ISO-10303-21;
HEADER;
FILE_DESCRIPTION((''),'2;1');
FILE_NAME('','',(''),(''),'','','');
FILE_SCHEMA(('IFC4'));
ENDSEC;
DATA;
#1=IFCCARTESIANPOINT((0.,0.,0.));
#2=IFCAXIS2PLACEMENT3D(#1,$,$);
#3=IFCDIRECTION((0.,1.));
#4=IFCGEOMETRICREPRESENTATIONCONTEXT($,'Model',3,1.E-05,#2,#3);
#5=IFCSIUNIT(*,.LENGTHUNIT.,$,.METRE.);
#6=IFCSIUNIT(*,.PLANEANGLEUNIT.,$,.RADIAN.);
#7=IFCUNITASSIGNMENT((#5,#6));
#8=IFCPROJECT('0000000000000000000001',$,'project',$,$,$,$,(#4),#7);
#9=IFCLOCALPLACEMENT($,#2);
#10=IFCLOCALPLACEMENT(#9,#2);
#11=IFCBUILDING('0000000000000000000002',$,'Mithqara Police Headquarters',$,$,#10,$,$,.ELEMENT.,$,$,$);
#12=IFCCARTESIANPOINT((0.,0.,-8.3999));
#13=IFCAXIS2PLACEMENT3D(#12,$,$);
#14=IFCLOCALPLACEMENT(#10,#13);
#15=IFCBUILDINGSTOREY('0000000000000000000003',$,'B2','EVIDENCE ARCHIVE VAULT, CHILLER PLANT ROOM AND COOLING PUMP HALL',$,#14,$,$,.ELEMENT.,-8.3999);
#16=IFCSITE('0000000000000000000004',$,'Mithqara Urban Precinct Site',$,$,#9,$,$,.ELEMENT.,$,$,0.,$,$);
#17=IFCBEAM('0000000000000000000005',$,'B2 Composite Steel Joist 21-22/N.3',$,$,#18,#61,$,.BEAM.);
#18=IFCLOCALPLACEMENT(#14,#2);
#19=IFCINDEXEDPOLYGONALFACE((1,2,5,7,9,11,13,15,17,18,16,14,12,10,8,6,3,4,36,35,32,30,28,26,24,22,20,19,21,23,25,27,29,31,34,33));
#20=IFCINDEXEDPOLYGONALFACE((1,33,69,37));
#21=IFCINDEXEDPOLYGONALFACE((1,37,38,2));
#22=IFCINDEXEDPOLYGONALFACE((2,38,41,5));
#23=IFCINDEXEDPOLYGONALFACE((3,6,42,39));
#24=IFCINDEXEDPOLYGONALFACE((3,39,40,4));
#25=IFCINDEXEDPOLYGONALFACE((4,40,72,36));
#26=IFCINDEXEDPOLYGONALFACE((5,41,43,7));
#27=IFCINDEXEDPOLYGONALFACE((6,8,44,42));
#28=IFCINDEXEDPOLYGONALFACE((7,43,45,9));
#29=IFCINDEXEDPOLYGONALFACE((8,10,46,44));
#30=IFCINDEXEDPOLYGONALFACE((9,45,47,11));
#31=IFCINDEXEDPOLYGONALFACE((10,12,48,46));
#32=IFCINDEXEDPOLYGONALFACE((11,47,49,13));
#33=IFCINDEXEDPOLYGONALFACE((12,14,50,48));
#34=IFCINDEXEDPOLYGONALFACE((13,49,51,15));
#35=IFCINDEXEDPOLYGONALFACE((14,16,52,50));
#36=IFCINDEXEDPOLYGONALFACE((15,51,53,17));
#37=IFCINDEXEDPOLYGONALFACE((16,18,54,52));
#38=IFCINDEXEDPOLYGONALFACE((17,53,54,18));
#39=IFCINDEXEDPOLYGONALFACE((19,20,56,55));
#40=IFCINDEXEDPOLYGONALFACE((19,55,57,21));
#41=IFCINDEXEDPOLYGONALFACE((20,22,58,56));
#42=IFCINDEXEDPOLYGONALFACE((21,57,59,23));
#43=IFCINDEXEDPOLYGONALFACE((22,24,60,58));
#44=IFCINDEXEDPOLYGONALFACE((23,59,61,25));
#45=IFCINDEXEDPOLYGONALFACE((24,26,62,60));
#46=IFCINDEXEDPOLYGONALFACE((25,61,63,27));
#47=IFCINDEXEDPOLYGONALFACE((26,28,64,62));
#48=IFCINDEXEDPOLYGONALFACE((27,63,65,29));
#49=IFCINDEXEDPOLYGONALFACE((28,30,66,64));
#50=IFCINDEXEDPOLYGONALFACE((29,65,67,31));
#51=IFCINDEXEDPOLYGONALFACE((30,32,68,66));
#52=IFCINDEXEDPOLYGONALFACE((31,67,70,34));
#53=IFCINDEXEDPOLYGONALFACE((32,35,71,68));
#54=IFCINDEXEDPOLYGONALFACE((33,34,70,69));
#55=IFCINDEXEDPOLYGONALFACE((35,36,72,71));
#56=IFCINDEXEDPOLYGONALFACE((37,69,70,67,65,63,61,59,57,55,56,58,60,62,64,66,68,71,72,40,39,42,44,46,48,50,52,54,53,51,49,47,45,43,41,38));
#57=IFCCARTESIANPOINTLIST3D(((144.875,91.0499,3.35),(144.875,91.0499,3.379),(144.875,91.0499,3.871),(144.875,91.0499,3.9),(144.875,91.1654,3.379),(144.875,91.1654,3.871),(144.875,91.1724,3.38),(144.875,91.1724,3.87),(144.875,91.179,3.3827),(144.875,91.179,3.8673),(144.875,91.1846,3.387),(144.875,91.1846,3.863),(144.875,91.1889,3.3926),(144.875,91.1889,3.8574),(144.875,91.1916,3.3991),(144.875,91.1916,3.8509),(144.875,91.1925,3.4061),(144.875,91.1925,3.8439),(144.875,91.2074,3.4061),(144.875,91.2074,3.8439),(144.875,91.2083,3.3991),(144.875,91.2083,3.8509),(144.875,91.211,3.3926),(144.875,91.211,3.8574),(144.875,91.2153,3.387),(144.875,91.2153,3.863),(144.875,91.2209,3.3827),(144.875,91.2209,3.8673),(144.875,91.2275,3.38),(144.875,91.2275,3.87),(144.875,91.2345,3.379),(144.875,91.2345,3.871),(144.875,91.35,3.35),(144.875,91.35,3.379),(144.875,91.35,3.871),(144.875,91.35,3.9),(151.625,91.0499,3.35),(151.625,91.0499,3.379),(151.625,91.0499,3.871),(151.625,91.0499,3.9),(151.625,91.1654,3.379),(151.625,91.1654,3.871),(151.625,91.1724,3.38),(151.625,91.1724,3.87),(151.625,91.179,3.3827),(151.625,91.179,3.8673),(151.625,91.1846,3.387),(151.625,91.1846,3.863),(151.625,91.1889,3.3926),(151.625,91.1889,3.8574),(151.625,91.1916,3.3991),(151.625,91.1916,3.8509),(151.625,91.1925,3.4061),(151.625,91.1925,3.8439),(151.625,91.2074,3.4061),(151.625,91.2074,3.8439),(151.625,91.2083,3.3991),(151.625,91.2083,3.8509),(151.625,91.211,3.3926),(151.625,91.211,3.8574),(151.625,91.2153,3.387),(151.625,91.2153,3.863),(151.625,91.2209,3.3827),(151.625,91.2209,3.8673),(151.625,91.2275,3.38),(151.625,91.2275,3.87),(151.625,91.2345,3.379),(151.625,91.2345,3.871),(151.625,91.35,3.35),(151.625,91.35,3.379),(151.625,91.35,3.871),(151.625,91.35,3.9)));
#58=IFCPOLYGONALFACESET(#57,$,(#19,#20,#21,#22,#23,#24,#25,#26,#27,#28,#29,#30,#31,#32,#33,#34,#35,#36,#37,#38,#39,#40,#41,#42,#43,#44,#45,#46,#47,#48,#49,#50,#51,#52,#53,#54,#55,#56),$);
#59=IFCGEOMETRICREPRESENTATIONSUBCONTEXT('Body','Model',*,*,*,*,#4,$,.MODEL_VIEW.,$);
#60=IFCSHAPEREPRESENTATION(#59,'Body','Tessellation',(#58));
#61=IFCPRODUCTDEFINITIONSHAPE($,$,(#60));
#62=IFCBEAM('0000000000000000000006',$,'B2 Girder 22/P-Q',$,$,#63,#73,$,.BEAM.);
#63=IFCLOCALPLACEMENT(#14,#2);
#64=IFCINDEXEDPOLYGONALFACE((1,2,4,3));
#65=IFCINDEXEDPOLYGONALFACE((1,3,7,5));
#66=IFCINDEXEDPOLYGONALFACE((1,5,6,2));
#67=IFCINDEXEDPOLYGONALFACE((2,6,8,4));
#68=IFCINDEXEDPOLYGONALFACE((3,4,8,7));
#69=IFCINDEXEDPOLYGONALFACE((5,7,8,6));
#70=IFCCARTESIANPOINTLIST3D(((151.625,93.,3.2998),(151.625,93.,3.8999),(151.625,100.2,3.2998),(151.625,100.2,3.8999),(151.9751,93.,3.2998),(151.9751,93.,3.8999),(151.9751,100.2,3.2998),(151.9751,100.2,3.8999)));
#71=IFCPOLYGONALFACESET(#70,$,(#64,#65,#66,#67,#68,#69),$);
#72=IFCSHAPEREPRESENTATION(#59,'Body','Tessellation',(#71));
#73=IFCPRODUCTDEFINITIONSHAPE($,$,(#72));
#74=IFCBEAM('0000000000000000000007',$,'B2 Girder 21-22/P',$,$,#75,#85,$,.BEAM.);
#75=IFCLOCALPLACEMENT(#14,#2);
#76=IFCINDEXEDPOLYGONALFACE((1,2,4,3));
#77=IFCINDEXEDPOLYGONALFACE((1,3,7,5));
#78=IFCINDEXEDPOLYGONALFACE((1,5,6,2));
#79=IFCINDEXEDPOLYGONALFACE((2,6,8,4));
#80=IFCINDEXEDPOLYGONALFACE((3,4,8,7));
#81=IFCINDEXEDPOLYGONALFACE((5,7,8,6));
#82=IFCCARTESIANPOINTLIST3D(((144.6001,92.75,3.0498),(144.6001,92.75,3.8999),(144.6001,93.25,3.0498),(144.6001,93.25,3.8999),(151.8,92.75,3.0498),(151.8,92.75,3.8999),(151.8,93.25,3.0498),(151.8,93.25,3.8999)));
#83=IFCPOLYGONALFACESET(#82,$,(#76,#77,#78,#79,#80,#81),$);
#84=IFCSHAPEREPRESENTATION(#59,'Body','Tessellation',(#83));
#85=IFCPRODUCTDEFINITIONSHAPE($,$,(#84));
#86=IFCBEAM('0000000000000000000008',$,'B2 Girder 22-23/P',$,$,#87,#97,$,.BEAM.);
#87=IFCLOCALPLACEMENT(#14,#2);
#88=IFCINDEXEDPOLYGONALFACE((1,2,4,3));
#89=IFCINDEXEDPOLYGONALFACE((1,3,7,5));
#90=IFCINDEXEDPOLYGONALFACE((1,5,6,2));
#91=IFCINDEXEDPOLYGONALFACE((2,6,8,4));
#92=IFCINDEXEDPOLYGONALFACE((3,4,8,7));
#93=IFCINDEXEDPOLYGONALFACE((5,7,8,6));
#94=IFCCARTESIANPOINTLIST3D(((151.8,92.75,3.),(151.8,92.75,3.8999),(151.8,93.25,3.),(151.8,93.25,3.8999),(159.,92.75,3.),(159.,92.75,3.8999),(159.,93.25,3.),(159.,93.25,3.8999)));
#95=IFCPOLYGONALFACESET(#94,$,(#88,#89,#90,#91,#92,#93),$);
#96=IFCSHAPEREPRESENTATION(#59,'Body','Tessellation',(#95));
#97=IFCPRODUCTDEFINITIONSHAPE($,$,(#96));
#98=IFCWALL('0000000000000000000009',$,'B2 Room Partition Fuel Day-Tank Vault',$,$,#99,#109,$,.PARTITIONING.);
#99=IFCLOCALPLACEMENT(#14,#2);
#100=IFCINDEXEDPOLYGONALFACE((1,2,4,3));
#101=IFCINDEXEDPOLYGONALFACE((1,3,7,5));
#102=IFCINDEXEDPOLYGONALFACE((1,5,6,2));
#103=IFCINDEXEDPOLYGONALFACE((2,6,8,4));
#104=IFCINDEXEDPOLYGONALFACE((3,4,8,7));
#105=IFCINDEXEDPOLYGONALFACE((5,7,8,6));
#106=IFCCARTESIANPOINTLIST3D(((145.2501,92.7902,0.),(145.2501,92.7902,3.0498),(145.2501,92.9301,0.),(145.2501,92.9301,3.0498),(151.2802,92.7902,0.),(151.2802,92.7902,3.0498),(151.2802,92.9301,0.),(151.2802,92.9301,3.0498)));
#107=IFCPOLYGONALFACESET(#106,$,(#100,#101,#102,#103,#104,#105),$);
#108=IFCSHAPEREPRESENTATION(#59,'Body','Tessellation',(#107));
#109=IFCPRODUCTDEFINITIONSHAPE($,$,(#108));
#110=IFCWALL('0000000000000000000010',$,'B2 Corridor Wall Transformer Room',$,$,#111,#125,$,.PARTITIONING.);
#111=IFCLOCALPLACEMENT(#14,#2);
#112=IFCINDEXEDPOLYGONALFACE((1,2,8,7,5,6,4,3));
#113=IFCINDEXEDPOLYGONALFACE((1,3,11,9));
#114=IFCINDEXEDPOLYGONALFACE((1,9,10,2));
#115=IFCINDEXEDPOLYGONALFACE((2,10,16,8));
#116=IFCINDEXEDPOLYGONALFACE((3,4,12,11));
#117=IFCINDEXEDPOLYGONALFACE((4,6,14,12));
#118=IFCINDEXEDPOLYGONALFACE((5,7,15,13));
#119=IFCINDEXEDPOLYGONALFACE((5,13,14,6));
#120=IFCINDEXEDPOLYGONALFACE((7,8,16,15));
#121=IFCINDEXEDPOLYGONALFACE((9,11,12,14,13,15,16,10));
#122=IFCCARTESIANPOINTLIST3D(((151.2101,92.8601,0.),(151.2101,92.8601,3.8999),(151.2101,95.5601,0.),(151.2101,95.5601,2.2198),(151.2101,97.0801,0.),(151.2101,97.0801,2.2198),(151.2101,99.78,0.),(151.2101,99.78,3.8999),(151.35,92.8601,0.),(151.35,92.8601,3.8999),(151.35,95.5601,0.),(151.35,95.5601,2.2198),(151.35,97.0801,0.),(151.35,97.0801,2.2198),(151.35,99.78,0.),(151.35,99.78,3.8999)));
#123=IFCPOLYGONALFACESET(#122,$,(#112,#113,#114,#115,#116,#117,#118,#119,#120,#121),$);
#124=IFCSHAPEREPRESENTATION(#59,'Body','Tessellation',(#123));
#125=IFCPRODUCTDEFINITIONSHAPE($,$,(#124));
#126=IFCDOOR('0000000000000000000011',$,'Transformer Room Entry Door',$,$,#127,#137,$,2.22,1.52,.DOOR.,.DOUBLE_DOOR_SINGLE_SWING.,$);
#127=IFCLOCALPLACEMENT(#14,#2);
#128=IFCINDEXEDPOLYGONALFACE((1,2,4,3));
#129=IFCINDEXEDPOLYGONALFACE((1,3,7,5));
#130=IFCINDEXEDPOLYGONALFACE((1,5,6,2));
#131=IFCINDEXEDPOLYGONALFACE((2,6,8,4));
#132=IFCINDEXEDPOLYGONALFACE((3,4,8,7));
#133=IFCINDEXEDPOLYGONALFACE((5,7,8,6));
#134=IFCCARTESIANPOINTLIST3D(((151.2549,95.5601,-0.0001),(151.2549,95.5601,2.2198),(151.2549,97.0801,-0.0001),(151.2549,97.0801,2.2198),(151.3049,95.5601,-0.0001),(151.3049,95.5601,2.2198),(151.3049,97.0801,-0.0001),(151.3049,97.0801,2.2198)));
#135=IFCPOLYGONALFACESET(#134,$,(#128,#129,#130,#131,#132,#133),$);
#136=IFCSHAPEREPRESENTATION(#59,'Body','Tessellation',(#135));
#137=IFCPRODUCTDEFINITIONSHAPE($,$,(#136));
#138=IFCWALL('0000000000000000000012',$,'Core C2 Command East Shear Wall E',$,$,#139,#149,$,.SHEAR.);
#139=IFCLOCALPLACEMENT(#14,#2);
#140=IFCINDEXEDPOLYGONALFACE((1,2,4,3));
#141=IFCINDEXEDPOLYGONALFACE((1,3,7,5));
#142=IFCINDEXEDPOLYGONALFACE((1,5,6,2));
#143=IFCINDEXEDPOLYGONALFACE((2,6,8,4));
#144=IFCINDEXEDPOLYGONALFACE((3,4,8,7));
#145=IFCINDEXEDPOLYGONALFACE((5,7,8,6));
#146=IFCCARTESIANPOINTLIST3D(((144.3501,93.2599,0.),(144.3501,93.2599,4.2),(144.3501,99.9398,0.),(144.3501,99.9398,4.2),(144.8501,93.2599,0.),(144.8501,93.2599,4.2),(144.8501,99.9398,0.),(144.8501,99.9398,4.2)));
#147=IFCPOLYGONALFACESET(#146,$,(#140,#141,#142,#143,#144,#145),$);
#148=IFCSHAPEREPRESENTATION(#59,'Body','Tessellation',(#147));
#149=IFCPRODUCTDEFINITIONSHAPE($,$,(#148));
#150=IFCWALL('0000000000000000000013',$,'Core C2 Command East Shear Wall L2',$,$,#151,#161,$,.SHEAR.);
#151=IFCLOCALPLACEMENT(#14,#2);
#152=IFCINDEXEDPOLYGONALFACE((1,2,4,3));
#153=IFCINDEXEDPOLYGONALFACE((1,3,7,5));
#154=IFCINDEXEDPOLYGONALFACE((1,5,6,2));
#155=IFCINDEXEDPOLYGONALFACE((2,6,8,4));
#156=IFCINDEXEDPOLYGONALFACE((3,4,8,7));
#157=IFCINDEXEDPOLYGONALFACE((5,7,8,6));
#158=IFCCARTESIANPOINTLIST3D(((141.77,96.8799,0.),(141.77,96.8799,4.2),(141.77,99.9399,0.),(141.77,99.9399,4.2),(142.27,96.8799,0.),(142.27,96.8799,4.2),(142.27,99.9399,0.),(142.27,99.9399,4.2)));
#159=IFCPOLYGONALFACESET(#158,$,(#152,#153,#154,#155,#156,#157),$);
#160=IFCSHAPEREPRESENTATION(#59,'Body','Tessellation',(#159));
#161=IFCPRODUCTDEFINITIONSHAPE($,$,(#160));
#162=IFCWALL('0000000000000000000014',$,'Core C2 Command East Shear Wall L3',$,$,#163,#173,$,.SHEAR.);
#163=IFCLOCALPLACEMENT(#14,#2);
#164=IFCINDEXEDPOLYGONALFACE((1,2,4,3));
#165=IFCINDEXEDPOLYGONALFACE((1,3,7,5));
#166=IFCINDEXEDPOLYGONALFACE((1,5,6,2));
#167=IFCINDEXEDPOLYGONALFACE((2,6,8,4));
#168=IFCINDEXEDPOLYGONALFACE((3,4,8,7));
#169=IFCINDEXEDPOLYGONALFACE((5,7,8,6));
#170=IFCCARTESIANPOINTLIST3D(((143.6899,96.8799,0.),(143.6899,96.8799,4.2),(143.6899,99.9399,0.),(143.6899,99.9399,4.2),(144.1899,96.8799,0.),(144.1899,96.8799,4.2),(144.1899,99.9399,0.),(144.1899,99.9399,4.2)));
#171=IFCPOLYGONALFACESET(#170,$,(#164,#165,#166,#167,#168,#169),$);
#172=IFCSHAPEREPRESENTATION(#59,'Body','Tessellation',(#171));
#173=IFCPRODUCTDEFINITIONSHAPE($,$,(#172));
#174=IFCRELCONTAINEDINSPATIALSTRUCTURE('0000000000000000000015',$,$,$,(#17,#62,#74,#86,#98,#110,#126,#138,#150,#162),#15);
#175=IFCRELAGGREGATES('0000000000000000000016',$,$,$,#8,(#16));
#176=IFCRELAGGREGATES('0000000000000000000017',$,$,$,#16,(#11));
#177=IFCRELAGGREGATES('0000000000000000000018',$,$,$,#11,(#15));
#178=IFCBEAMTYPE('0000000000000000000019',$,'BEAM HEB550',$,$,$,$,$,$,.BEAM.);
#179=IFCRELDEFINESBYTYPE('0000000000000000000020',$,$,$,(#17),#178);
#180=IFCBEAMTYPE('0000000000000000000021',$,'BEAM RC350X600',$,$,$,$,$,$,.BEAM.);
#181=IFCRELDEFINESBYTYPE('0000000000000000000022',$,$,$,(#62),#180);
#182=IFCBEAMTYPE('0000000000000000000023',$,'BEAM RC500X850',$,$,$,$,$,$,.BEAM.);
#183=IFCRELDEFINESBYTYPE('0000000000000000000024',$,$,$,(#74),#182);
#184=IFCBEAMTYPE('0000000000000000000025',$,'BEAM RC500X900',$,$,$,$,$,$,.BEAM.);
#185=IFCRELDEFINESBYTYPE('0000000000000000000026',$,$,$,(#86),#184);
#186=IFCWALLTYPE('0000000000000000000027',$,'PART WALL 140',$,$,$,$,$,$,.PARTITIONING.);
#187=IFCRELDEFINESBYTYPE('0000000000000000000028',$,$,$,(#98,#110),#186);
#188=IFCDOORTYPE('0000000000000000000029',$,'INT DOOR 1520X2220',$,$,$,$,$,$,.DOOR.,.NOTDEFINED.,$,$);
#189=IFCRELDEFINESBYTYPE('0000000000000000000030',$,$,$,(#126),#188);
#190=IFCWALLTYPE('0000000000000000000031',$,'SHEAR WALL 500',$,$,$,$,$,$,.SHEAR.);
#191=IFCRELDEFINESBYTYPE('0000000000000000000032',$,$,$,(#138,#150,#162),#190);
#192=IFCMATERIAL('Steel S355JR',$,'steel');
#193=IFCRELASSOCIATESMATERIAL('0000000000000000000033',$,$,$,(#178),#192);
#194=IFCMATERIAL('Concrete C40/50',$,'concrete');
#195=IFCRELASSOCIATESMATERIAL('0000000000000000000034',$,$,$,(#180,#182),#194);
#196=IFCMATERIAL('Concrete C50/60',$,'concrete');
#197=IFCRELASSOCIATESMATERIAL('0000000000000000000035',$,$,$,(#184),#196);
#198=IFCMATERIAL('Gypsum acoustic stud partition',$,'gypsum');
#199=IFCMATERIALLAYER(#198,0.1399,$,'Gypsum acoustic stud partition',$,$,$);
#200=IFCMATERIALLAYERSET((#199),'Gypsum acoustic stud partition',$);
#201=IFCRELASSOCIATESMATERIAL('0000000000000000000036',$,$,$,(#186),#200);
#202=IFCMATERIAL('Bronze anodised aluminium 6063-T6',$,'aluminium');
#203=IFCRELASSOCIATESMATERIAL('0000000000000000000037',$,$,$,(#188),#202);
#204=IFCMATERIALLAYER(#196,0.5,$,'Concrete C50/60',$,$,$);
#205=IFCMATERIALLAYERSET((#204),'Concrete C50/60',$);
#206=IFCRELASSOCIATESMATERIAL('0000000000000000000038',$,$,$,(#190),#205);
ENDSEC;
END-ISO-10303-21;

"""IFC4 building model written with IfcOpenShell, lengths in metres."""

from ifc_helpers import new_model, si_unit, direction, frame, frame_2d, origin, origin_2d, place, context, subcontext, project, spatial, rectangle, i_section, extrude, material, layer, layer_set, material_profile, profile_set, type_object, element, fill, save


model = new_model("IFC4")

# Units and contexts
model_context = context("Model", 3, precision=1e-05, world=origin(), true_north=direction((0.0, 1.0)))
body_context = subcontext(model_context, "Body", "Model", "MODEL_VIEW")
ifc_project = project(units=[si_unit("LENGTHUNIT", "METRE"), si_unit("PLANEANGLEUNIT", "RADIAN")], contexts=[model_context])

# Site, building, storey
site_placement = place(None, origin())
site = spatial("IfcSite", under=ifc_project, at=site_placement, Name="Mithqara Urban Precinct Site", CompositionType="ELEMENT", RefElevation=0.0)
building_placement = place(site_placement, origin())
building = spatial("IfcBuilding", under=site, at=building_placement, Name="Mithqara Police Headquarters", CompositionType="ELEMENT")
storey_placement = place(building_placement, frame((0.0, 0.0, -8.3999)))
storey = spatial("IfcBuildingStorey", under=building, at=storey_placement, Name="B2", Description="EVIDENCE ARCHIVE VAULT, CHILLER PLANT ROOM AND COOLING PUMP HALL", CompositionType="ELEMENT", Elevation=-8.3999)

# Shared definitions
ifc_material_1 = material(Name="Concrete C40/50", Category="concrete")

# Shared definitions
ifc_material_2 = material(Name="Concrete C50/60", Category="concrete")

# Beams
ifc_material_3 = material(Name="Steel S355JR", Category="steel")
ifc_material_profile_1 = material_profile(ifc_material_3, i_section(OverallWidth=0.3, OverallDepth=0.55, WebThickness=0.0149, FlangeThickness=0.0291, FilletRadius=0.0271, at=origin_2d()), Name="HEB 550")
ifc_profile_set_1 = profile_set([ifc_material_profile_1], Name="Steel S355JR")
beam_type_1 = type_object("IfcBeamType", Name="BEAM HEB550", PredefinedType="BEAM", material=ifc_profile_set_1)
beam_1_placement = place(storey_placement, frame((144.875, 91.2, 3.625), z_axis=(1.0, 0.0, 0.0), x_axis=(0.0, 1.0, 0.0)))
element("IfcBeam", 1, at=beam_1_placement, inside=storey, type_object=beam_type_1, Name="B2 Composite Steel Joist 21-22/N.3", PredefinedType="BEAM", context=body_context, shape_type="SweptSolid", body=[
    extrude(i_section(OverallWidth=0.3, OverallDepth=0.55, WebThickness=0.0149, FlangeThickness=0.0291, FilletRadius=0.0271, at=origin_2d()), origin(), (0.0, 0.0, 1.0), 6.75),
])
ifc_material_profile_2 = material_profile(ifc_material_1, rectangle(XDim=0.3501, YDim=0.6001, at=origin_2d()), Name="RC 350x600")
ifc_profile_set_2 = profile_set([ifc_material_profile_2], Name="Concrete C40/50")
beam_type_2 = type_object("IfcBeamType", Name="BEAM RC350X600", PredefinedType="BEAM", material=ifc_profile_set_2)
beam_2_placement = place(storey_placement, frame((151.8, 93.0, 3.5999), z_axis=(0.0, 1.0, 0.0), x_axis=(-1.0, 0.0, 0.0)))
element("IfcBeam", 2, at=beam_2_placement, inside=storey, type_object=beam_type_2, Name="B2 Girder 22/P-Q", PredefinedType="BEAM", context=body_context, shape_type="SweptSolid", body=[
    extrude(rectangle(XDim=0.3501, YDim=0.6001, at=origin_2d()), origin(), (0.0, 0.0, 1.0), 7.2),
])
ifc_material_profile_3 = material_profile(ifc_material_1, rectangle(XDim=0.5, YDim=0.8501, at=origin_2d()), Name="RC 500x850")
ifc_profile_set_3 = profile_set([ifc_material_profile_3], Name="Concrete C40/50")
beam_type_3 = type_object("IfcBeamType", Name="BEAM RC500X850", PredefinedType="BEAM", material=ifc_profile_set_3)
beam_3_placement = place(storey_placement, frame((144.6001, 93.0, 3.4749), z_axis=(1.0, 0.0, 0.0), x_axis=(0.0, 1.0, 0.0)))
element("IfcBeam", 3, at=beam_3_placement, inside=storey, type_object=beam_type_3, Name="B2 Girder 21-22/P", PredefinedType="BEAM", context=body_context, shape_type="SweptSolid", body=[
    extrude(rectangle(XDim=0.5, YDim=0.8501, at=origin_2d()), origin(), (0.0, 0.0, 1.0), 7.2),
])
ifc_material_profile_4 = material_profile(ifc_material_2, rectangle(XDim=0.5, YDim=0.8999, at=origin_2d()), Name="RC 500x900")
ifc_profile_set_4 = profile_set([ifc_material_profile_4], Name="Concrete C50/60")
beam_type_4 = type_object("IfcBeamType", Name="BEAM RC500X900", PredefinedType="BEAM", material=ifc_profile_set_4)
beam_4_placement = place(storey_placement, frame((151.8, 93.0, 3.45), z_axis=(1.0, 0.0, 0.0), x_axis=(0.0, 1.0, 0.0)))
element("IfcBeam", 4, at=beam_4_placement, inside=storey, type_object=beam_type_4, Name="B2 Girder 22-23/P", PredefinedType="BEAM", context=body_context, shape_type="SweptSolid", body=[
    extrude(rectangle(XDim=0.5, YDim=0.8999, at=origin_2d()), origin(), (0.0, 0.0, 1.0), 7.2),
])

# Wall
ifc_material_4 = material(Name="Gypsum acoustic stud partition", Category="gypsum")
ifc_layer_1 = layer(ifc_material_4, 0.1399, Name="Gypsum acoustic stud partition")
ifc_layer_set_1 = layer_set([ifc_layer_1], Name="Gypsum acoustic stud partition")
wall_type_1 = type_object("IfcWallType", Name="PART WALL 140", PredefinedType="PARTITIONING", material=ifc_layer_set_1)
wall_1_placement = place(storey_placement, frame((145.25, 92.8601, 0.0), z_axis=(0.0, 0.0, 1.0), x_axis=(1.0, 0.0, 0.0)))
element("IfcWall", 5, at=wall_1_placement, inside=storey, type_object=wall_type_1, Name="B2 Room Partition Fuel Day-Tank Vault", PredefinedType="PARTITIONING", context=body_context, shape_type="SweptSolid", body=[
    extrude(rectangle(XDim=6.03, YDim=0.1399, at=frame_2d((3.0151, 0.0))), origin(), (0.0, 0.0, 1.0), 3.0498),
])

# Wall, opening, door
wall_2_placement = place(storey_placement, frame((151.28, 92.8601, 0.0), z_axis=(0.0, 0.0, 1.0), x_axis=(0.0, 1.0, 0.0)))
wall_2 = element("IfcWall", 6, at=wall_2_placement, inside=storey, type_object=wall_type_1, Name="B2 Corridor Wall Transformer Room", PredefinedType="PARTITIONING", context=body_context, shape_type="SweptSolid", body=[
    extrude(rectangle(XDim=6.9199, YDim=0.1399, at=frame_2d((3.46, 0.0))), origin(), (0.0, 0.0, 1.0), 3.8999),
])
opening_placement = place(wall_2_placement, frame((2.7, 0.0, 0.0)))
opening = element("IfcOpeningElement", 7, at=opening_placement, cuts=wall_2, PredefinedType="OPENING", context=body_context, shape_type="SweptSolid", body=[
    extrude(rectangle(XDim=1.52, YDim=2.22, at=frame_2d((0.76, 1.1099))), frame((0.0, 0.0801, 0.0), z_axis=(0.0, -1.0, 0.0), x_axis=(1.0, 0.0, 0.0)), (0.0, 0.0, 1.0), 0.1599),
])
ifc_material_5 = material(Name="Bronze anodised aluminium 6063-T6", Category="aluminium")
door_type = type_object("IfcDoorType", Name="INT DOOR 1520X2220", OperationType="NOTDEFINED", PredefinedType="DOOR", material=ifc_material_5)
door_placement = place(opening_placement, frame((1.52, 0.0, 0.0), z_axis=(0.0, 0.0, 1.0), x_axis=(-1.0, 0.0, 0.0)))
door = element("IfcDoor", 8, at=door_placement, inside=storey, type_object=door_type, Name="Transformer Room Entry Door", OperationType="DOUBLE_DOOR_SINGLE_SWING", OverallHeight=2.22, OverallWidth=1.52, PredefinedType="DOOR", context=body_context, shape_type="SweptSolid", body=[
    extrude(rectangle(XDim=1.52, YDim=2.22, at=frame_2d((0.76, 1.1099))), frame((0.0, 0.0249, 0.0), z_axis=(0.0, -1.0, 0.0), x_axis=(1.0, 0.0, 0.0)), (0.0, 0.0, 1.0), 0.05),
])
fill(opening, door)

# Walls
ifc_layer_2 = layer(ifc_material_2, 0.5, Name="Concrete C50/60")
ifc_layer_set_2 = layer_set([ifc_layer_2], Name="Concrete C50/60")
wall_type_2 = type_object("IfcWallType", Name="SHEAR WALL 500", PredefinedType="SHEAR", material=ifc_layer_set_2)
wall_3_placement = place(storey_placement, frame((144.6001, 93.26, 0.0), z_axis=(0.0, 0.0, 1.0), x_axis=(0.0, 1.0, 0.0)))
element("IfcWall", 9, at=wall_3_placement, inside=storey, type_object=wall_type_2, Name="Core C2 Command East Shear Wall E", PredefinedType="SHEAR", context=body_context, shape_type="SweptSolid", body=[
    extrude(rectangle(XDim=6.6799, YDim=0.5, at=frame_2d((3.3398, 0.0))), origin(), (0.0, 0.0, 1.0), 4.2),
])
for number, where, z_axis, x_axis, name in (
    (10, (142.02, 96.8799, 0.0), (0.0, 0.0, 1.0), (0.0, 1.0, 0.0), "Core C2 Command East Shear Wall L2"),
    (11, (143.9399, 96.8799, 0.0), (0.0, 0.0, 1.0), (0.0, 1.0, 0.0), "Core C2 Command East Shear Wall L3"),
):
    element("IfcWall", number, at=place(storey_placement, frame(where, z_axis=z_axis, x_axis=x_axis)), inside=storey, type_object=wall_type_2, Name=name, PredefinedType="SHEAR", context=body_context, shape_type="SweptSolid", body=[
        extrude(rectangle(XDim=3.0601, YDim=0.5, at=frame_2d((1.53, 0.0))), origin(), (0.0, 0.0, 1.0), 4.2),
    ])

save(model, "model.ifc")
